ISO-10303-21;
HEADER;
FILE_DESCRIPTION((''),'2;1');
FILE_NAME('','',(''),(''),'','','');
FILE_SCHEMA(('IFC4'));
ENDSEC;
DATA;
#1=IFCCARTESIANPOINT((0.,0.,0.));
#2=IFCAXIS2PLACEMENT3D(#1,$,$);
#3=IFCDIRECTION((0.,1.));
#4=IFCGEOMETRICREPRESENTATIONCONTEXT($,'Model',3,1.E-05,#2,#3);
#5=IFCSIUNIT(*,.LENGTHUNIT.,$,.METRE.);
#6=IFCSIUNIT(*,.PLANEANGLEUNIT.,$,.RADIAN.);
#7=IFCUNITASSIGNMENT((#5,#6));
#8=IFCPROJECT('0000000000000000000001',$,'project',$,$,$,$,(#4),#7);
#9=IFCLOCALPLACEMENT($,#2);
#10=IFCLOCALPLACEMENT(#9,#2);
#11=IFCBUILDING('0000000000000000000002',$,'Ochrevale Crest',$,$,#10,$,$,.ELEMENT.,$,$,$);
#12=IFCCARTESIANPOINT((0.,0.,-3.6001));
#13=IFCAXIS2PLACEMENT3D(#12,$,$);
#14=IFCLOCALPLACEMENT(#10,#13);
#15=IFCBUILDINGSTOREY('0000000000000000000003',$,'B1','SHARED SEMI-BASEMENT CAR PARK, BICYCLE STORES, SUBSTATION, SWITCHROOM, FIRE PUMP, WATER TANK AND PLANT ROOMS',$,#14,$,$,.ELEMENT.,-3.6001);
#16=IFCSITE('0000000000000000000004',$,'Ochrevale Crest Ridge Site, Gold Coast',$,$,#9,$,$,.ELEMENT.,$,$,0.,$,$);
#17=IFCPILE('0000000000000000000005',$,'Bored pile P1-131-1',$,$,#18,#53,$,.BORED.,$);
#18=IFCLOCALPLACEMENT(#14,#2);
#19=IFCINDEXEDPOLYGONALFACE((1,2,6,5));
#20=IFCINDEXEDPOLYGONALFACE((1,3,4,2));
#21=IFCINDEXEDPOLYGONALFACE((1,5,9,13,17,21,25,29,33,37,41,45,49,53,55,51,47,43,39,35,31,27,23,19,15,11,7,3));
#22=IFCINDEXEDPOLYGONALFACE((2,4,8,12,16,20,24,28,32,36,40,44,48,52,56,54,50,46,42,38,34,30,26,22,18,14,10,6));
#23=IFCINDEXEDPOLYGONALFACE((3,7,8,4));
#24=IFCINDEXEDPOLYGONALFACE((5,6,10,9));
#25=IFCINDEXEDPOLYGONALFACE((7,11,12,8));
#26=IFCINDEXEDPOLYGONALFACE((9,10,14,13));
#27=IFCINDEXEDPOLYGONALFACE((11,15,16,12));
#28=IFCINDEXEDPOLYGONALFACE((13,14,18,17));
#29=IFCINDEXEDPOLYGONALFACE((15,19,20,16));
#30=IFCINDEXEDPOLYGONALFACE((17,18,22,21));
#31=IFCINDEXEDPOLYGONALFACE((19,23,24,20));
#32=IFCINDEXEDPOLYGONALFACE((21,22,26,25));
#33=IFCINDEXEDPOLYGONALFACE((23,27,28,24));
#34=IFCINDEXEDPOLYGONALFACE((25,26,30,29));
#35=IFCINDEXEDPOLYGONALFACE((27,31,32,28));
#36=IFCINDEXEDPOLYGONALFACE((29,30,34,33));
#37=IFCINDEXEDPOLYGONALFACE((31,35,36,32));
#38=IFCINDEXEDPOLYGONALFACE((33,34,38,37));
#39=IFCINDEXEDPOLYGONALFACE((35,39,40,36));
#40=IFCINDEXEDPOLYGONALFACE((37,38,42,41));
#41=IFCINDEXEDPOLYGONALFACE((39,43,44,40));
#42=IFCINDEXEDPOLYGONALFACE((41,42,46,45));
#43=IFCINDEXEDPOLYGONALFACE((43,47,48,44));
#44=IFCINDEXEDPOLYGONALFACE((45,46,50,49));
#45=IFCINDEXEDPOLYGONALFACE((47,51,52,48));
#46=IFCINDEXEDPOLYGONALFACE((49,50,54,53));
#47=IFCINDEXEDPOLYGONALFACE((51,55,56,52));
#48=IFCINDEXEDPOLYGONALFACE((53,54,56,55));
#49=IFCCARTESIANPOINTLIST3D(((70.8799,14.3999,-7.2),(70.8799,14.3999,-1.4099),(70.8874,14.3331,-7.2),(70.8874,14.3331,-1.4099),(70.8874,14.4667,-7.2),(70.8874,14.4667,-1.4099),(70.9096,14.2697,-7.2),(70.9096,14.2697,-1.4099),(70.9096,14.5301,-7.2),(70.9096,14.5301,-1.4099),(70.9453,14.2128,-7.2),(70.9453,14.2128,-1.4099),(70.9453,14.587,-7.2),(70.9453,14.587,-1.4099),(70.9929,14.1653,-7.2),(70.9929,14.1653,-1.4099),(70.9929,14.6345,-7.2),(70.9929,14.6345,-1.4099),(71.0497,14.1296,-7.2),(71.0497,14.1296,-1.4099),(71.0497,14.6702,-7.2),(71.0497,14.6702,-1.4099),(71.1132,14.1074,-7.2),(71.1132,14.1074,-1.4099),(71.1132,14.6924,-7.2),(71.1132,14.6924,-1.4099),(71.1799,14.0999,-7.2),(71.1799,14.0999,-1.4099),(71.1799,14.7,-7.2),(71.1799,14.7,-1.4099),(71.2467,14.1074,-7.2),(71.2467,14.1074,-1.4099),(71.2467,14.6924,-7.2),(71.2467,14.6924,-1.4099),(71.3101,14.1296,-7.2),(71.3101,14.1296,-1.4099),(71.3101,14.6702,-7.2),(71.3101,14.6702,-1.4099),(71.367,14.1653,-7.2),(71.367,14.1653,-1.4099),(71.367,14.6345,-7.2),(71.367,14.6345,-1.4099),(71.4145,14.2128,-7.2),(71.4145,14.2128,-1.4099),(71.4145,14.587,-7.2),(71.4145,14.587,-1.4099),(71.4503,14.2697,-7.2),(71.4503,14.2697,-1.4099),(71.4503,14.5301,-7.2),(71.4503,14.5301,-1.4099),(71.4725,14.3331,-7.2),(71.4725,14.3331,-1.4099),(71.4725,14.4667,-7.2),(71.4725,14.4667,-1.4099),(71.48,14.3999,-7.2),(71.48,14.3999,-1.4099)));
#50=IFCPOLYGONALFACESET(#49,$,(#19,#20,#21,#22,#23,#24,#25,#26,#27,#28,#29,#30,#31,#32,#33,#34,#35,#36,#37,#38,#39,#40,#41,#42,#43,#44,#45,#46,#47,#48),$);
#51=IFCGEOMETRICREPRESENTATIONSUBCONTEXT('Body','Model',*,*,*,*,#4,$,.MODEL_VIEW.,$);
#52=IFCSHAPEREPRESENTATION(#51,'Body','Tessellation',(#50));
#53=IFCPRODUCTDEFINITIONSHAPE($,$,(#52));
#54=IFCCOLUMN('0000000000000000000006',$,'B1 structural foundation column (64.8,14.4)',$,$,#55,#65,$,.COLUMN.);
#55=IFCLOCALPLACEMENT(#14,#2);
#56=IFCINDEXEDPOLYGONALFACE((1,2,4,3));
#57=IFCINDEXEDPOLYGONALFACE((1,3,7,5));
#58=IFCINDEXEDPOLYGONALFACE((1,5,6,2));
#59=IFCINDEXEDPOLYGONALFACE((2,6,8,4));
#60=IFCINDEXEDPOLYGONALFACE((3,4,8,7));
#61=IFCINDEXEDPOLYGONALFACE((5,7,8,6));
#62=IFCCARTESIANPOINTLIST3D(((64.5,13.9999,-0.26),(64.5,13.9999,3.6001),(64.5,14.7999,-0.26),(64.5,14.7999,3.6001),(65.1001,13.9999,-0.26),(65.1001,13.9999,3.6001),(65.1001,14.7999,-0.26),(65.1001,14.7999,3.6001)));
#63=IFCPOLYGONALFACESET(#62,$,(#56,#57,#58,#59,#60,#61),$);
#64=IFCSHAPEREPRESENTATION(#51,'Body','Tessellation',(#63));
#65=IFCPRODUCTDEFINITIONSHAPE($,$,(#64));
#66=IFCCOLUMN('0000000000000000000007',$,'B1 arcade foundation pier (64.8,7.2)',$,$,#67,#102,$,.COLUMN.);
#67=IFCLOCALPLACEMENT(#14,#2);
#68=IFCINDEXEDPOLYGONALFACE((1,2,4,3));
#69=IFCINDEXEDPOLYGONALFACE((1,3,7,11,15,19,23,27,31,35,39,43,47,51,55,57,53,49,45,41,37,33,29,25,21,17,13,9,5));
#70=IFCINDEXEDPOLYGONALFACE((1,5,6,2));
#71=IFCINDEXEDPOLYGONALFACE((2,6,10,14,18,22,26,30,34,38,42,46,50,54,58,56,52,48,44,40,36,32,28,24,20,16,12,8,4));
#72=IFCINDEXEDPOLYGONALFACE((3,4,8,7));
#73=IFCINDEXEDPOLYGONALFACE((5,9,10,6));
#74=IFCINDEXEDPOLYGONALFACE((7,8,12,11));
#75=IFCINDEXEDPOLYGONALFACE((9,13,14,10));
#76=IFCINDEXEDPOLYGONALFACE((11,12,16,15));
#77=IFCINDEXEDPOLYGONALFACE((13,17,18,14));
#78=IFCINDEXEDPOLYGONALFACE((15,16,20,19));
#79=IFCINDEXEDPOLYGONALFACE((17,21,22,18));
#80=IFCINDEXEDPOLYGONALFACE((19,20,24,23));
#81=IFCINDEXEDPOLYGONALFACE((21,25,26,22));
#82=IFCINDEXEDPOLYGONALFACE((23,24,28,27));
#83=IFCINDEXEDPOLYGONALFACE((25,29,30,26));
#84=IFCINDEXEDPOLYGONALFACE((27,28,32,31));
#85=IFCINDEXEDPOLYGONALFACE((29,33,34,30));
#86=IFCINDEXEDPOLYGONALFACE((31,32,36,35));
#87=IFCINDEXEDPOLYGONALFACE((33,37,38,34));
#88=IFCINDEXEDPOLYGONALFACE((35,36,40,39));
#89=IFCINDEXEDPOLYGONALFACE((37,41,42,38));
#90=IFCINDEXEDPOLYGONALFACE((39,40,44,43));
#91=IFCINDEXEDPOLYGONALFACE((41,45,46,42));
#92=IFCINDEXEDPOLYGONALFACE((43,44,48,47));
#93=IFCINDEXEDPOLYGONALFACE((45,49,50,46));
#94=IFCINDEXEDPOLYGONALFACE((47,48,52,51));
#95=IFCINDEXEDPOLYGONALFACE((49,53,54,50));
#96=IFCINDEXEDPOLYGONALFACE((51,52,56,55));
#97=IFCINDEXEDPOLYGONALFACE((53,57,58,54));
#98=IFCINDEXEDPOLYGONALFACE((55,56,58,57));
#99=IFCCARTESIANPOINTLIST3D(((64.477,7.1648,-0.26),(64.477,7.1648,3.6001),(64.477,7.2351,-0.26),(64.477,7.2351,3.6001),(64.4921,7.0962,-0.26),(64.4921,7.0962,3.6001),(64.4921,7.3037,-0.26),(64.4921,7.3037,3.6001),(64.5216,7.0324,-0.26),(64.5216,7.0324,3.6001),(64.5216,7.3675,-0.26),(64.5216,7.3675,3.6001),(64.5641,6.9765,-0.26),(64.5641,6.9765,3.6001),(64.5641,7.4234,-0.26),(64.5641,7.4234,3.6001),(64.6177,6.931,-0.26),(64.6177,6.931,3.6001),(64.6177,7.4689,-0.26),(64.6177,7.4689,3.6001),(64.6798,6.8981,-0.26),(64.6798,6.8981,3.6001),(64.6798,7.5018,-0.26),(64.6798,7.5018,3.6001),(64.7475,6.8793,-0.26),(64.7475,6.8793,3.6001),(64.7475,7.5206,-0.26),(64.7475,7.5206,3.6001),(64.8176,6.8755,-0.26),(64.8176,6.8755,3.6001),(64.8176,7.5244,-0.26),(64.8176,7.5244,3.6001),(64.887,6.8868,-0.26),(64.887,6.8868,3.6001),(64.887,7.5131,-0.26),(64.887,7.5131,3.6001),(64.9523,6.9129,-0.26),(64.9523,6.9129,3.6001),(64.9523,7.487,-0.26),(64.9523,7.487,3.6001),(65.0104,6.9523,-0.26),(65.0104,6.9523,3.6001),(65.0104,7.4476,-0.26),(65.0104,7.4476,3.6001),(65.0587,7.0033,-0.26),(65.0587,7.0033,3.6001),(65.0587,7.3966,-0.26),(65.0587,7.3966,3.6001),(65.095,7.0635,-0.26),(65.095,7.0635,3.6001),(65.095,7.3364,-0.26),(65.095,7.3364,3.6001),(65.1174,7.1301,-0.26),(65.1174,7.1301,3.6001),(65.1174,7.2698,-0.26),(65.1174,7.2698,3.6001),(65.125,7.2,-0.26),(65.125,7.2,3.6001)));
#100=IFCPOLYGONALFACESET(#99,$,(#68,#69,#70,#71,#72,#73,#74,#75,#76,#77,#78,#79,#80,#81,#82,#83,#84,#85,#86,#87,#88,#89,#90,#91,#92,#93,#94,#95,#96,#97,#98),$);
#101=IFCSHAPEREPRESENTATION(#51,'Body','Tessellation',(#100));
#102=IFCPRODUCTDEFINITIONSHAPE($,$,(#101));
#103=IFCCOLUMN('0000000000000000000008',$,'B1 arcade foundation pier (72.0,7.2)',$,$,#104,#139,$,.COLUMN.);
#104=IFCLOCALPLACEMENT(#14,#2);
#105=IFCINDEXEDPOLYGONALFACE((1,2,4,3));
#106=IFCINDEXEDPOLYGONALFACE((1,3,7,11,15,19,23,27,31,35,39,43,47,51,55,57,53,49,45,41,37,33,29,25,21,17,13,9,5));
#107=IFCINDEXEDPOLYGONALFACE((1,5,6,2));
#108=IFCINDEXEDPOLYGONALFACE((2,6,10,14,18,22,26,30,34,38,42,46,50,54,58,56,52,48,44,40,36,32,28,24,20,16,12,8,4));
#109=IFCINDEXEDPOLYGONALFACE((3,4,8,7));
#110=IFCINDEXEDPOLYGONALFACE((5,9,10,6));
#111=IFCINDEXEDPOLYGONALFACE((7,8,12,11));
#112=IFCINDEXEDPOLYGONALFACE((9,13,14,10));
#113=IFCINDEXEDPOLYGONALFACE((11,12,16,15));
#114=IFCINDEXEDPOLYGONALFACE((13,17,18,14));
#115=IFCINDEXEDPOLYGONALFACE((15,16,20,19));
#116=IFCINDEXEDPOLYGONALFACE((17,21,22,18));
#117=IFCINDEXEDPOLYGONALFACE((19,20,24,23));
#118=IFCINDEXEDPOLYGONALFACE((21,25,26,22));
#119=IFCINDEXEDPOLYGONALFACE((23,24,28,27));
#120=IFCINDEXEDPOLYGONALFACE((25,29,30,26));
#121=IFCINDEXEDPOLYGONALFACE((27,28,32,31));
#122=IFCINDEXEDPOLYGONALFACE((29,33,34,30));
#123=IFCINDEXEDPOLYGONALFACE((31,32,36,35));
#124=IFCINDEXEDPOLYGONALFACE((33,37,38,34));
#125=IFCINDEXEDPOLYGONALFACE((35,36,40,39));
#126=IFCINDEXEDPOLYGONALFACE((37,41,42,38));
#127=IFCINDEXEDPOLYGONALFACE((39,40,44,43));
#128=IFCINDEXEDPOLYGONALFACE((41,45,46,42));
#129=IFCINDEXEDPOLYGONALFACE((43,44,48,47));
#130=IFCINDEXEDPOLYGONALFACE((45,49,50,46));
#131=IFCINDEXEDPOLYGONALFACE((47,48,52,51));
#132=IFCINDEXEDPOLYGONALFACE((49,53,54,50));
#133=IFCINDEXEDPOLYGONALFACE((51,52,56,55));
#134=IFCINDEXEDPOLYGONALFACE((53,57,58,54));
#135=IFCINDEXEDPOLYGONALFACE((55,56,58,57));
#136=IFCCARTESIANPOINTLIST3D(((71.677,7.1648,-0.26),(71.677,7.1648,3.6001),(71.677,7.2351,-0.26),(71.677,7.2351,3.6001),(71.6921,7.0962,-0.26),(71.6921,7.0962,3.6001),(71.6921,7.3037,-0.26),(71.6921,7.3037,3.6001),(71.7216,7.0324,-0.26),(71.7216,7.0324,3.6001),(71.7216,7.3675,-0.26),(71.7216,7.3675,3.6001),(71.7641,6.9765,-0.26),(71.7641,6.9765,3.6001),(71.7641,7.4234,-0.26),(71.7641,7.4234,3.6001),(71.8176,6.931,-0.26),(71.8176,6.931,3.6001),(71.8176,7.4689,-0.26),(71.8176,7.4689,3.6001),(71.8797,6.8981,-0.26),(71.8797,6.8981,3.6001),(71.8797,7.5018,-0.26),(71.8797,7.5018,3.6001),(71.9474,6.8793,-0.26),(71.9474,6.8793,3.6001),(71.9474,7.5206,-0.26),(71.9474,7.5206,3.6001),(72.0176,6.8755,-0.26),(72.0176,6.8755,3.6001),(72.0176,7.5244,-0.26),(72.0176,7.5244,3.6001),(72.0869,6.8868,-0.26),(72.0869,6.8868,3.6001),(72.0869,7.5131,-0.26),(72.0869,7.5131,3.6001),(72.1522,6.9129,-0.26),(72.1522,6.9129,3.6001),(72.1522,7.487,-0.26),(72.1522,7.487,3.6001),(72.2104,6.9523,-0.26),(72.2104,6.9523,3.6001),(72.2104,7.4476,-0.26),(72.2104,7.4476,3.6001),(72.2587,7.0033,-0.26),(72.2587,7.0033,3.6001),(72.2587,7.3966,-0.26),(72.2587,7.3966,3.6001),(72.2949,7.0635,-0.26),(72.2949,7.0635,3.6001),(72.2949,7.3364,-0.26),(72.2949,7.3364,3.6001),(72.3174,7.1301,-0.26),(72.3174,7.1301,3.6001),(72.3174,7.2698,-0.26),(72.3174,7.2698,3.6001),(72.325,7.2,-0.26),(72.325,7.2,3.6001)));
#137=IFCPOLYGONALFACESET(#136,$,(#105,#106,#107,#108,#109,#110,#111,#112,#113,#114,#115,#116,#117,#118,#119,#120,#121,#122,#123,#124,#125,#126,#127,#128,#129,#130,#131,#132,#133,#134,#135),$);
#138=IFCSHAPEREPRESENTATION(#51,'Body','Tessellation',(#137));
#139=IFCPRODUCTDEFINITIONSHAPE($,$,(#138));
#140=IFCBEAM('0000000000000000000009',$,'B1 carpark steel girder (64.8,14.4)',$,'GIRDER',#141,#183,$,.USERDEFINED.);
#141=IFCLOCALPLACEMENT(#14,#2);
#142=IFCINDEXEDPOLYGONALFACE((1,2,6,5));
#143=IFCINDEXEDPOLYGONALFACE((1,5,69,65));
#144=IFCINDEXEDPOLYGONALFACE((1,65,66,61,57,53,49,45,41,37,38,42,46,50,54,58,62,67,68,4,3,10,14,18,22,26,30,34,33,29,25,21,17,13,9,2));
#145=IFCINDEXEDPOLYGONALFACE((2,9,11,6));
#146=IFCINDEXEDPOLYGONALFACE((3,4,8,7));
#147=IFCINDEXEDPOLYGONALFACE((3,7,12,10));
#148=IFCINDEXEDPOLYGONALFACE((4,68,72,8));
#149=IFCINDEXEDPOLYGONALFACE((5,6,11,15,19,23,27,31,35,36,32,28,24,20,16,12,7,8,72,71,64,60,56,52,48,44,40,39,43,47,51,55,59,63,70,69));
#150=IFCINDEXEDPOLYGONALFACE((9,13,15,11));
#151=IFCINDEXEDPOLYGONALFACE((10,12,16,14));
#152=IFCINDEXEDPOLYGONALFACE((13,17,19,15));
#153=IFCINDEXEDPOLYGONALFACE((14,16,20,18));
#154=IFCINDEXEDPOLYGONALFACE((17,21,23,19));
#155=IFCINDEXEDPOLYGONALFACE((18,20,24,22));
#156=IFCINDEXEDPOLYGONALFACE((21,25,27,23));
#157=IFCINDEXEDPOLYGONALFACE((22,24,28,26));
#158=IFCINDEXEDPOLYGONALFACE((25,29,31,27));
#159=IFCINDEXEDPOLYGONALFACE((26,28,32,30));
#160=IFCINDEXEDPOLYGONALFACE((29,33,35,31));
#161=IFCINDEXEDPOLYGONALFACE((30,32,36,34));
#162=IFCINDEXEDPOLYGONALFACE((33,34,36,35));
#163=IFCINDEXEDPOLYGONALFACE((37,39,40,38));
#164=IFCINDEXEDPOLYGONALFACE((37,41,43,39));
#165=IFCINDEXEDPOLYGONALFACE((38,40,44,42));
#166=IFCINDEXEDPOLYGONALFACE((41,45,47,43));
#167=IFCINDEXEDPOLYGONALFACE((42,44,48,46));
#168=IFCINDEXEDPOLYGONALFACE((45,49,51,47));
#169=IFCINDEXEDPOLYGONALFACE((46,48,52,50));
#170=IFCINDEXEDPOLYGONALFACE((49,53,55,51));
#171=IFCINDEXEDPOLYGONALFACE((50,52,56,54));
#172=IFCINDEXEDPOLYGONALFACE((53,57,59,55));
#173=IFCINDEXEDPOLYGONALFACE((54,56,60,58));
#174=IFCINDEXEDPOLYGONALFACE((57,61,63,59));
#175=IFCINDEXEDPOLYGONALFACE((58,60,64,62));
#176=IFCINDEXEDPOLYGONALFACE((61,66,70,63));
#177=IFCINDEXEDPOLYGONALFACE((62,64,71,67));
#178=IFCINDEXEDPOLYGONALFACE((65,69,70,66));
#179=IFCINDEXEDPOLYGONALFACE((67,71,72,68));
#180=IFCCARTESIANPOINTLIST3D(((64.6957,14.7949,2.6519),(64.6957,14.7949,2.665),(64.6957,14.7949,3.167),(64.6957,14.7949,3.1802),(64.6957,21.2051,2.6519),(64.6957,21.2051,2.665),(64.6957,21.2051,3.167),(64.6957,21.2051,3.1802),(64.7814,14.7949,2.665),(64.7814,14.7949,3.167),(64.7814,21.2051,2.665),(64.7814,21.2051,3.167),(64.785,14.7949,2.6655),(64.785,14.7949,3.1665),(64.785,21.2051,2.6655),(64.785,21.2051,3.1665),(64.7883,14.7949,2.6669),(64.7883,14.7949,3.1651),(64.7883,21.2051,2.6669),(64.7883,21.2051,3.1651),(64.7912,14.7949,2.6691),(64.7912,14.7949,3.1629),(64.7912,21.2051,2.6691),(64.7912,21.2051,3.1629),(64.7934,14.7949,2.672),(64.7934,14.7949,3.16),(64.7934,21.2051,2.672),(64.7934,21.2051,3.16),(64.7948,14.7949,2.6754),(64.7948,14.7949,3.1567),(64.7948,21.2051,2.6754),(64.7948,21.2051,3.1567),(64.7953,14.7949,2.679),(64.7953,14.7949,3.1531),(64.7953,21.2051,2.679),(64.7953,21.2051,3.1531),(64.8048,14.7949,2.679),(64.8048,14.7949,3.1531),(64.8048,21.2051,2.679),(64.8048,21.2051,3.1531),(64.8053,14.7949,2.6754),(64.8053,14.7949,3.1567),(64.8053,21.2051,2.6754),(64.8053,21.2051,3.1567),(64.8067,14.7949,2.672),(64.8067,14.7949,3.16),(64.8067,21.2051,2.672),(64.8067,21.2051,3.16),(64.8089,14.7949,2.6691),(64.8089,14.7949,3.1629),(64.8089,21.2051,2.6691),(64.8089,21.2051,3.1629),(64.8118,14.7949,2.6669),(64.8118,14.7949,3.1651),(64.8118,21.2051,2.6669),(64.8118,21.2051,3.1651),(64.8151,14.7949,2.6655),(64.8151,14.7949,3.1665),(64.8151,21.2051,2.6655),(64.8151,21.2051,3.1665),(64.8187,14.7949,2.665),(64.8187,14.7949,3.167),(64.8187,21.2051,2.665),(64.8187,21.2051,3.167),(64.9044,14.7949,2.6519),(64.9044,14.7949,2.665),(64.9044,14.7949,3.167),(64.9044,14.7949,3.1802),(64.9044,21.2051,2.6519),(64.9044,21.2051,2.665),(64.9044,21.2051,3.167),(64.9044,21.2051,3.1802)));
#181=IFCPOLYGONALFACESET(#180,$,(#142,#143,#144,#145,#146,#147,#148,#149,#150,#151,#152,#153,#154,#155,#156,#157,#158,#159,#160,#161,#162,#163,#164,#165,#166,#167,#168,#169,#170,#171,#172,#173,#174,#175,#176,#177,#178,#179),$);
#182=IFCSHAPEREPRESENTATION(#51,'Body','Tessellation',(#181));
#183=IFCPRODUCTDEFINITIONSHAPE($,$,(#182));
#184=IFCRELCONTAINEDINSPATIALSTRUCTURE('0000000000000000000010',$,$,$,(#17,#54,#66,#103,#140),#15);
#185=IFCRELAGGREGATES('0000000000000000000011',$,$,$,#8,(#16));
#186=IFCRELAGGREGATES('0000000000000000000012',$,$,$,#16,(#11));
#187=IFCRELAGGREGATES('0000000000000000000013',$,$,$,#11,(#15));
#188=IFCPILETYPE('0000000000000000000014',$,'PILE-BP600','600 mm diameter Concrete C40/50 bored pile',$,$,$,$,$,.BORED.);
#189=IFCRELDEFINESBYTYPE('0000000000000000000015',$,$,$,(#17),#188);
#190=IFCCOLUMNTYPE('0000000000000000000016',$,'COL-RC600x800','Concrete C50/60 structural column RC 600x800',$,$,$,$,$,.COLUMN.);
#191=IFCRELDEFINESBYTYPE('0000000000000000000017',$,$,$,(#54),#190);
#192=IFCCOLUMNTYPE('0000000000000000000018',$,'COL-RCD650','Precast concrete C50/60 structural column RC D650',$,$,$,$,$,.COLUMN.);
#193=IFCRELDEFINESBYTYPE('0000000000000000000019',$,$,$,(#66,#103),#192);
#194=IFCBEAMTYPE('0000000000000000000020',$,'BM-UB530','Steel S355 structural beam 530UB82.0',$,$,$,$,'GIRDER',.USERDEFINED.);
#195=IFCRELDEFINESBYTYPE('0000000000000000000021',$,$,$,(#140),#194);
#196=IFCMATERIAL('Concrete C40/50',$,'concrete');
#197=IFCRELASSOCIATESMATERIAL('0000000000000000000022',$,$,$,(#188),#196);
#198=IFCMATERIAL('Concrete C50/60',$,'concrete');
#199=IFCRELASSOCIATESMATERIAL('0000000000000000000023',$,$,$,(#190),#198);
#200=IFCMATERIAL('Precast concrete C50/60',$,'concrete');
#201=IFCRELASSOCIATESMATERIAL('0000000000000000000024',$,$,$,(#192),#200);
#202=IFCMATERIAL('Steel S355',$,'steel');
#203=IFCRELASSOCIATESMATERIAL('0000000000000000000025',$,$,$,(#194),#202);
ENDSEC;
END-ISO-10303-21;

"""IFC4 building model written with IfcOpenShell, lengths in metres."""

from ifc_helpers import new_model, si_unit, direction, frame, origin, origin_2d, place, context, subcontext, project, spatial, rectangle, circle, i_section, extrude, material, material_profile, profile_set, type_object, element, save


model = new_model("IFC4")

# Units and contexts
model_context = context("Model", 3, precision=1e-05, world=origin(), true_north=direction((0.0, 1.0)))
body_context = subcontext(model_context, "Body", "Model", "MODEL_VIEW")
ifc_project = project(units=[si_unit("LENGTHUNIT", "METRE"), si_unit("PLANEANGLEUNIT", "RADIAN")], contexts=[model_context])

# Site, building, storey
site_placement = place(None, origin())
site = spatial("IfcSite", under=ifc_project, at=site_placement, Name="Ochrevale Crest Ridge Site, Gold Coast", CompositionType="ELEMENT", RefElevation=0.0)
building_placement = place(site_placement, origin())
building = spatial("IfcBuilding", under=site, at=building_placement, Name="Ochrevale Crest", CompositionType="ELEMENT")
storey_placement = place(building_placement, frame((0.0, 0.0, -3.6001)))
storey = spatial("IfcBuildingStorey", under=building, at=storey_placement, Name="B1", Description="SHARED SEMI-BASEMENT CAR PARK, BICYCLE STORES, SUBSTATION, SWITCHROOM, FIRE PUMP, WATER TANK AND PLANT ROOMS", CompositionType="ELEMENT", Elevation=-3.6001)

# Shared definitions
ifc_material_1 = material(Name="Concrete C40/50", Category="concrete")

# Pile
ifc_material_profile_1 = material_profile(ifc_material_1, circle(Radius=0.3, at=origin_2d()), Name="BORED PILE 600")
ifc_profile_set_1 = profile_set([ifc_material_profile_1], Name="Concrete C40/50")
pile_type = type_object("IfcPileType", Name="PILE-BP600", Description="600 mm diameter Concrete C40/50 bored pile", PredefinedType="BORED", material=ifc_profile_set_1)
pile_1_placement = place(storey_placement, frame((71.1799, 14.3999, -1.4099), z_axis=(0.0, 0.0, -1.0), x_axis=(1.0, 0.0, 0.0)))
element("IfcPile", 1, at=pile_1_placement, inside=storey, type_object=pile_type, Name="Bored pile P1-131-1", PredefinedType="BORED", context=body_context, shape_type="SweptSolid", body=[
    extrude(circle(Radius=0.3, at=origin_2d()), origin(), (0.0, 0.0, 1.0), 5.79),
])

# Columns
ifc_material_2 = material(Name="Concrete C50/60", Category="concrete")
ifc_material_profile_2 = material_profile(ifc_material_2, rectangle(XDim=0.6001, YDim=0.8, at=origin_2d()), Name="RC 600x800")
ifc_profile_set_2 = profile_set([ifc_material_profile_2], Name="Concrete C50/60")
column_type_1 = type_object("IfcColumnType", Name="COL-RC600x800", Description="Concrete C50/60 structural column RC 600x800", PredefinedType="COLUMN", material=ifc_profile_set_2)
column_placement = place(storey_placement, frame((64.8, 14.3999, -0.26), z_axis=(0.0, 0.0, 1.0), x_axis=(1.0, 0.0, 0.0)))
element("IfcColumn", 2, at=column_placement, inside=storey, type_object=column_type_1, Name="B1 structural foundation column (64.8,14.4)", PredefinedType="COLUMN", context=body_context, shape_type="SweptSolid", body=[
    extrude(rectangle(XDim=0.6001, YDim=0.8, at=origin_2d()), origin(), (0.0, 0.0, 1.0), 3.8601),
])
ifc_material_3 = material(Name="Precast concrete C50/60", Category="concrete")
ifc_material_profile_3 = material_profile(ifc_material_3, circle(Radius=0.325, at=origin_2d()), Name="RC D650")
ifc_profile_set_3 = profile_set([ifc_material_profile_3], Name="Precast concrete C50/60")
column_type_2 = type_object("IfcColumnType", Name="COL-RCD650", Description="Precast concrete C50/60 structural column RC D650", PredefinedType="COLUMN", material=ifc_profile_set_3)
for number, where, z_axis, x_axis, name in (
    (3, (64.8, 7.2, -0.26), (0.0, 0.0, 1.0), (1.0, 0.0, 0.0), "B1 arcade foundation pier (64.8,7.2)"),
    (4, (72.0, 7.2, -0.26), (0.0, 0.0, 1.0), (1.0, 0.0, 0.0), "B1 arcade foundation pier (72.0,7.2)"),
):
    element("IfcColumn", number, at=place(storey_placement, frame(where, z_axis=z_axis, x_axis=x_axis)), inside=storey, type_object=column_type_2, Name=name, PredefinedType="COLUMN", context=body_context, shape_type="SweptSolid", body=[
        extrude(circle(Radius=0.325, at=origin_2d()), origin(), (0.0, 0.0, 1.0), 3.8601),
    ])

# Beam
ifc_material_4 = material(Name="Steel S355", Category="steel")
ifc_material_profile_4 = material_profile(ifc_material_4, i_section(OverallWidth=0.2087, OverallDepth=0.5283, WebThickness=0.0095, FlangeThickness=0.0132, FilletRadius=0.0139, at=origin_2d()), Name="530UB82.0")
ifc_profile_set_4 = profile_set([ifc_material_profile_4], Name="Steel S355")
beam_type = type_object("IfcBeamType", Name="BM-UB530", Description="Steel S355 structural beam 530UB82.0", ElementType="GIRDER", PredefinedType="USERDEFINED", material=ifc_profile_set_4)
beam_placement = place(storey_placement, frame((64.8, 14.7949, 2.916), z_axis=(0.0, 1.0, 0.0), x_axis=(-1.0, 0.0, 0.0)))
element("IfcBeam", 5, at=beam_placement, inside=storey, type_object=beam_type, Name="B1 carpark steel girder (64.8,14.4)", ObjectType="GIRDER", PredefinedType="USERDEFINED", context=body_context, shape_type="SweptSolid", body=[
    extrude(i_section(OverallWidth=0.2087, OverallDepth=0.5283, WebThickness=0.0095, FlangeThickness=0.0132, FilletRadius=0.0139, at=origin_2d()), origin(), (0.0, 0.0, 1.0), 6.4102),
])

save(model, "model.ifc")
